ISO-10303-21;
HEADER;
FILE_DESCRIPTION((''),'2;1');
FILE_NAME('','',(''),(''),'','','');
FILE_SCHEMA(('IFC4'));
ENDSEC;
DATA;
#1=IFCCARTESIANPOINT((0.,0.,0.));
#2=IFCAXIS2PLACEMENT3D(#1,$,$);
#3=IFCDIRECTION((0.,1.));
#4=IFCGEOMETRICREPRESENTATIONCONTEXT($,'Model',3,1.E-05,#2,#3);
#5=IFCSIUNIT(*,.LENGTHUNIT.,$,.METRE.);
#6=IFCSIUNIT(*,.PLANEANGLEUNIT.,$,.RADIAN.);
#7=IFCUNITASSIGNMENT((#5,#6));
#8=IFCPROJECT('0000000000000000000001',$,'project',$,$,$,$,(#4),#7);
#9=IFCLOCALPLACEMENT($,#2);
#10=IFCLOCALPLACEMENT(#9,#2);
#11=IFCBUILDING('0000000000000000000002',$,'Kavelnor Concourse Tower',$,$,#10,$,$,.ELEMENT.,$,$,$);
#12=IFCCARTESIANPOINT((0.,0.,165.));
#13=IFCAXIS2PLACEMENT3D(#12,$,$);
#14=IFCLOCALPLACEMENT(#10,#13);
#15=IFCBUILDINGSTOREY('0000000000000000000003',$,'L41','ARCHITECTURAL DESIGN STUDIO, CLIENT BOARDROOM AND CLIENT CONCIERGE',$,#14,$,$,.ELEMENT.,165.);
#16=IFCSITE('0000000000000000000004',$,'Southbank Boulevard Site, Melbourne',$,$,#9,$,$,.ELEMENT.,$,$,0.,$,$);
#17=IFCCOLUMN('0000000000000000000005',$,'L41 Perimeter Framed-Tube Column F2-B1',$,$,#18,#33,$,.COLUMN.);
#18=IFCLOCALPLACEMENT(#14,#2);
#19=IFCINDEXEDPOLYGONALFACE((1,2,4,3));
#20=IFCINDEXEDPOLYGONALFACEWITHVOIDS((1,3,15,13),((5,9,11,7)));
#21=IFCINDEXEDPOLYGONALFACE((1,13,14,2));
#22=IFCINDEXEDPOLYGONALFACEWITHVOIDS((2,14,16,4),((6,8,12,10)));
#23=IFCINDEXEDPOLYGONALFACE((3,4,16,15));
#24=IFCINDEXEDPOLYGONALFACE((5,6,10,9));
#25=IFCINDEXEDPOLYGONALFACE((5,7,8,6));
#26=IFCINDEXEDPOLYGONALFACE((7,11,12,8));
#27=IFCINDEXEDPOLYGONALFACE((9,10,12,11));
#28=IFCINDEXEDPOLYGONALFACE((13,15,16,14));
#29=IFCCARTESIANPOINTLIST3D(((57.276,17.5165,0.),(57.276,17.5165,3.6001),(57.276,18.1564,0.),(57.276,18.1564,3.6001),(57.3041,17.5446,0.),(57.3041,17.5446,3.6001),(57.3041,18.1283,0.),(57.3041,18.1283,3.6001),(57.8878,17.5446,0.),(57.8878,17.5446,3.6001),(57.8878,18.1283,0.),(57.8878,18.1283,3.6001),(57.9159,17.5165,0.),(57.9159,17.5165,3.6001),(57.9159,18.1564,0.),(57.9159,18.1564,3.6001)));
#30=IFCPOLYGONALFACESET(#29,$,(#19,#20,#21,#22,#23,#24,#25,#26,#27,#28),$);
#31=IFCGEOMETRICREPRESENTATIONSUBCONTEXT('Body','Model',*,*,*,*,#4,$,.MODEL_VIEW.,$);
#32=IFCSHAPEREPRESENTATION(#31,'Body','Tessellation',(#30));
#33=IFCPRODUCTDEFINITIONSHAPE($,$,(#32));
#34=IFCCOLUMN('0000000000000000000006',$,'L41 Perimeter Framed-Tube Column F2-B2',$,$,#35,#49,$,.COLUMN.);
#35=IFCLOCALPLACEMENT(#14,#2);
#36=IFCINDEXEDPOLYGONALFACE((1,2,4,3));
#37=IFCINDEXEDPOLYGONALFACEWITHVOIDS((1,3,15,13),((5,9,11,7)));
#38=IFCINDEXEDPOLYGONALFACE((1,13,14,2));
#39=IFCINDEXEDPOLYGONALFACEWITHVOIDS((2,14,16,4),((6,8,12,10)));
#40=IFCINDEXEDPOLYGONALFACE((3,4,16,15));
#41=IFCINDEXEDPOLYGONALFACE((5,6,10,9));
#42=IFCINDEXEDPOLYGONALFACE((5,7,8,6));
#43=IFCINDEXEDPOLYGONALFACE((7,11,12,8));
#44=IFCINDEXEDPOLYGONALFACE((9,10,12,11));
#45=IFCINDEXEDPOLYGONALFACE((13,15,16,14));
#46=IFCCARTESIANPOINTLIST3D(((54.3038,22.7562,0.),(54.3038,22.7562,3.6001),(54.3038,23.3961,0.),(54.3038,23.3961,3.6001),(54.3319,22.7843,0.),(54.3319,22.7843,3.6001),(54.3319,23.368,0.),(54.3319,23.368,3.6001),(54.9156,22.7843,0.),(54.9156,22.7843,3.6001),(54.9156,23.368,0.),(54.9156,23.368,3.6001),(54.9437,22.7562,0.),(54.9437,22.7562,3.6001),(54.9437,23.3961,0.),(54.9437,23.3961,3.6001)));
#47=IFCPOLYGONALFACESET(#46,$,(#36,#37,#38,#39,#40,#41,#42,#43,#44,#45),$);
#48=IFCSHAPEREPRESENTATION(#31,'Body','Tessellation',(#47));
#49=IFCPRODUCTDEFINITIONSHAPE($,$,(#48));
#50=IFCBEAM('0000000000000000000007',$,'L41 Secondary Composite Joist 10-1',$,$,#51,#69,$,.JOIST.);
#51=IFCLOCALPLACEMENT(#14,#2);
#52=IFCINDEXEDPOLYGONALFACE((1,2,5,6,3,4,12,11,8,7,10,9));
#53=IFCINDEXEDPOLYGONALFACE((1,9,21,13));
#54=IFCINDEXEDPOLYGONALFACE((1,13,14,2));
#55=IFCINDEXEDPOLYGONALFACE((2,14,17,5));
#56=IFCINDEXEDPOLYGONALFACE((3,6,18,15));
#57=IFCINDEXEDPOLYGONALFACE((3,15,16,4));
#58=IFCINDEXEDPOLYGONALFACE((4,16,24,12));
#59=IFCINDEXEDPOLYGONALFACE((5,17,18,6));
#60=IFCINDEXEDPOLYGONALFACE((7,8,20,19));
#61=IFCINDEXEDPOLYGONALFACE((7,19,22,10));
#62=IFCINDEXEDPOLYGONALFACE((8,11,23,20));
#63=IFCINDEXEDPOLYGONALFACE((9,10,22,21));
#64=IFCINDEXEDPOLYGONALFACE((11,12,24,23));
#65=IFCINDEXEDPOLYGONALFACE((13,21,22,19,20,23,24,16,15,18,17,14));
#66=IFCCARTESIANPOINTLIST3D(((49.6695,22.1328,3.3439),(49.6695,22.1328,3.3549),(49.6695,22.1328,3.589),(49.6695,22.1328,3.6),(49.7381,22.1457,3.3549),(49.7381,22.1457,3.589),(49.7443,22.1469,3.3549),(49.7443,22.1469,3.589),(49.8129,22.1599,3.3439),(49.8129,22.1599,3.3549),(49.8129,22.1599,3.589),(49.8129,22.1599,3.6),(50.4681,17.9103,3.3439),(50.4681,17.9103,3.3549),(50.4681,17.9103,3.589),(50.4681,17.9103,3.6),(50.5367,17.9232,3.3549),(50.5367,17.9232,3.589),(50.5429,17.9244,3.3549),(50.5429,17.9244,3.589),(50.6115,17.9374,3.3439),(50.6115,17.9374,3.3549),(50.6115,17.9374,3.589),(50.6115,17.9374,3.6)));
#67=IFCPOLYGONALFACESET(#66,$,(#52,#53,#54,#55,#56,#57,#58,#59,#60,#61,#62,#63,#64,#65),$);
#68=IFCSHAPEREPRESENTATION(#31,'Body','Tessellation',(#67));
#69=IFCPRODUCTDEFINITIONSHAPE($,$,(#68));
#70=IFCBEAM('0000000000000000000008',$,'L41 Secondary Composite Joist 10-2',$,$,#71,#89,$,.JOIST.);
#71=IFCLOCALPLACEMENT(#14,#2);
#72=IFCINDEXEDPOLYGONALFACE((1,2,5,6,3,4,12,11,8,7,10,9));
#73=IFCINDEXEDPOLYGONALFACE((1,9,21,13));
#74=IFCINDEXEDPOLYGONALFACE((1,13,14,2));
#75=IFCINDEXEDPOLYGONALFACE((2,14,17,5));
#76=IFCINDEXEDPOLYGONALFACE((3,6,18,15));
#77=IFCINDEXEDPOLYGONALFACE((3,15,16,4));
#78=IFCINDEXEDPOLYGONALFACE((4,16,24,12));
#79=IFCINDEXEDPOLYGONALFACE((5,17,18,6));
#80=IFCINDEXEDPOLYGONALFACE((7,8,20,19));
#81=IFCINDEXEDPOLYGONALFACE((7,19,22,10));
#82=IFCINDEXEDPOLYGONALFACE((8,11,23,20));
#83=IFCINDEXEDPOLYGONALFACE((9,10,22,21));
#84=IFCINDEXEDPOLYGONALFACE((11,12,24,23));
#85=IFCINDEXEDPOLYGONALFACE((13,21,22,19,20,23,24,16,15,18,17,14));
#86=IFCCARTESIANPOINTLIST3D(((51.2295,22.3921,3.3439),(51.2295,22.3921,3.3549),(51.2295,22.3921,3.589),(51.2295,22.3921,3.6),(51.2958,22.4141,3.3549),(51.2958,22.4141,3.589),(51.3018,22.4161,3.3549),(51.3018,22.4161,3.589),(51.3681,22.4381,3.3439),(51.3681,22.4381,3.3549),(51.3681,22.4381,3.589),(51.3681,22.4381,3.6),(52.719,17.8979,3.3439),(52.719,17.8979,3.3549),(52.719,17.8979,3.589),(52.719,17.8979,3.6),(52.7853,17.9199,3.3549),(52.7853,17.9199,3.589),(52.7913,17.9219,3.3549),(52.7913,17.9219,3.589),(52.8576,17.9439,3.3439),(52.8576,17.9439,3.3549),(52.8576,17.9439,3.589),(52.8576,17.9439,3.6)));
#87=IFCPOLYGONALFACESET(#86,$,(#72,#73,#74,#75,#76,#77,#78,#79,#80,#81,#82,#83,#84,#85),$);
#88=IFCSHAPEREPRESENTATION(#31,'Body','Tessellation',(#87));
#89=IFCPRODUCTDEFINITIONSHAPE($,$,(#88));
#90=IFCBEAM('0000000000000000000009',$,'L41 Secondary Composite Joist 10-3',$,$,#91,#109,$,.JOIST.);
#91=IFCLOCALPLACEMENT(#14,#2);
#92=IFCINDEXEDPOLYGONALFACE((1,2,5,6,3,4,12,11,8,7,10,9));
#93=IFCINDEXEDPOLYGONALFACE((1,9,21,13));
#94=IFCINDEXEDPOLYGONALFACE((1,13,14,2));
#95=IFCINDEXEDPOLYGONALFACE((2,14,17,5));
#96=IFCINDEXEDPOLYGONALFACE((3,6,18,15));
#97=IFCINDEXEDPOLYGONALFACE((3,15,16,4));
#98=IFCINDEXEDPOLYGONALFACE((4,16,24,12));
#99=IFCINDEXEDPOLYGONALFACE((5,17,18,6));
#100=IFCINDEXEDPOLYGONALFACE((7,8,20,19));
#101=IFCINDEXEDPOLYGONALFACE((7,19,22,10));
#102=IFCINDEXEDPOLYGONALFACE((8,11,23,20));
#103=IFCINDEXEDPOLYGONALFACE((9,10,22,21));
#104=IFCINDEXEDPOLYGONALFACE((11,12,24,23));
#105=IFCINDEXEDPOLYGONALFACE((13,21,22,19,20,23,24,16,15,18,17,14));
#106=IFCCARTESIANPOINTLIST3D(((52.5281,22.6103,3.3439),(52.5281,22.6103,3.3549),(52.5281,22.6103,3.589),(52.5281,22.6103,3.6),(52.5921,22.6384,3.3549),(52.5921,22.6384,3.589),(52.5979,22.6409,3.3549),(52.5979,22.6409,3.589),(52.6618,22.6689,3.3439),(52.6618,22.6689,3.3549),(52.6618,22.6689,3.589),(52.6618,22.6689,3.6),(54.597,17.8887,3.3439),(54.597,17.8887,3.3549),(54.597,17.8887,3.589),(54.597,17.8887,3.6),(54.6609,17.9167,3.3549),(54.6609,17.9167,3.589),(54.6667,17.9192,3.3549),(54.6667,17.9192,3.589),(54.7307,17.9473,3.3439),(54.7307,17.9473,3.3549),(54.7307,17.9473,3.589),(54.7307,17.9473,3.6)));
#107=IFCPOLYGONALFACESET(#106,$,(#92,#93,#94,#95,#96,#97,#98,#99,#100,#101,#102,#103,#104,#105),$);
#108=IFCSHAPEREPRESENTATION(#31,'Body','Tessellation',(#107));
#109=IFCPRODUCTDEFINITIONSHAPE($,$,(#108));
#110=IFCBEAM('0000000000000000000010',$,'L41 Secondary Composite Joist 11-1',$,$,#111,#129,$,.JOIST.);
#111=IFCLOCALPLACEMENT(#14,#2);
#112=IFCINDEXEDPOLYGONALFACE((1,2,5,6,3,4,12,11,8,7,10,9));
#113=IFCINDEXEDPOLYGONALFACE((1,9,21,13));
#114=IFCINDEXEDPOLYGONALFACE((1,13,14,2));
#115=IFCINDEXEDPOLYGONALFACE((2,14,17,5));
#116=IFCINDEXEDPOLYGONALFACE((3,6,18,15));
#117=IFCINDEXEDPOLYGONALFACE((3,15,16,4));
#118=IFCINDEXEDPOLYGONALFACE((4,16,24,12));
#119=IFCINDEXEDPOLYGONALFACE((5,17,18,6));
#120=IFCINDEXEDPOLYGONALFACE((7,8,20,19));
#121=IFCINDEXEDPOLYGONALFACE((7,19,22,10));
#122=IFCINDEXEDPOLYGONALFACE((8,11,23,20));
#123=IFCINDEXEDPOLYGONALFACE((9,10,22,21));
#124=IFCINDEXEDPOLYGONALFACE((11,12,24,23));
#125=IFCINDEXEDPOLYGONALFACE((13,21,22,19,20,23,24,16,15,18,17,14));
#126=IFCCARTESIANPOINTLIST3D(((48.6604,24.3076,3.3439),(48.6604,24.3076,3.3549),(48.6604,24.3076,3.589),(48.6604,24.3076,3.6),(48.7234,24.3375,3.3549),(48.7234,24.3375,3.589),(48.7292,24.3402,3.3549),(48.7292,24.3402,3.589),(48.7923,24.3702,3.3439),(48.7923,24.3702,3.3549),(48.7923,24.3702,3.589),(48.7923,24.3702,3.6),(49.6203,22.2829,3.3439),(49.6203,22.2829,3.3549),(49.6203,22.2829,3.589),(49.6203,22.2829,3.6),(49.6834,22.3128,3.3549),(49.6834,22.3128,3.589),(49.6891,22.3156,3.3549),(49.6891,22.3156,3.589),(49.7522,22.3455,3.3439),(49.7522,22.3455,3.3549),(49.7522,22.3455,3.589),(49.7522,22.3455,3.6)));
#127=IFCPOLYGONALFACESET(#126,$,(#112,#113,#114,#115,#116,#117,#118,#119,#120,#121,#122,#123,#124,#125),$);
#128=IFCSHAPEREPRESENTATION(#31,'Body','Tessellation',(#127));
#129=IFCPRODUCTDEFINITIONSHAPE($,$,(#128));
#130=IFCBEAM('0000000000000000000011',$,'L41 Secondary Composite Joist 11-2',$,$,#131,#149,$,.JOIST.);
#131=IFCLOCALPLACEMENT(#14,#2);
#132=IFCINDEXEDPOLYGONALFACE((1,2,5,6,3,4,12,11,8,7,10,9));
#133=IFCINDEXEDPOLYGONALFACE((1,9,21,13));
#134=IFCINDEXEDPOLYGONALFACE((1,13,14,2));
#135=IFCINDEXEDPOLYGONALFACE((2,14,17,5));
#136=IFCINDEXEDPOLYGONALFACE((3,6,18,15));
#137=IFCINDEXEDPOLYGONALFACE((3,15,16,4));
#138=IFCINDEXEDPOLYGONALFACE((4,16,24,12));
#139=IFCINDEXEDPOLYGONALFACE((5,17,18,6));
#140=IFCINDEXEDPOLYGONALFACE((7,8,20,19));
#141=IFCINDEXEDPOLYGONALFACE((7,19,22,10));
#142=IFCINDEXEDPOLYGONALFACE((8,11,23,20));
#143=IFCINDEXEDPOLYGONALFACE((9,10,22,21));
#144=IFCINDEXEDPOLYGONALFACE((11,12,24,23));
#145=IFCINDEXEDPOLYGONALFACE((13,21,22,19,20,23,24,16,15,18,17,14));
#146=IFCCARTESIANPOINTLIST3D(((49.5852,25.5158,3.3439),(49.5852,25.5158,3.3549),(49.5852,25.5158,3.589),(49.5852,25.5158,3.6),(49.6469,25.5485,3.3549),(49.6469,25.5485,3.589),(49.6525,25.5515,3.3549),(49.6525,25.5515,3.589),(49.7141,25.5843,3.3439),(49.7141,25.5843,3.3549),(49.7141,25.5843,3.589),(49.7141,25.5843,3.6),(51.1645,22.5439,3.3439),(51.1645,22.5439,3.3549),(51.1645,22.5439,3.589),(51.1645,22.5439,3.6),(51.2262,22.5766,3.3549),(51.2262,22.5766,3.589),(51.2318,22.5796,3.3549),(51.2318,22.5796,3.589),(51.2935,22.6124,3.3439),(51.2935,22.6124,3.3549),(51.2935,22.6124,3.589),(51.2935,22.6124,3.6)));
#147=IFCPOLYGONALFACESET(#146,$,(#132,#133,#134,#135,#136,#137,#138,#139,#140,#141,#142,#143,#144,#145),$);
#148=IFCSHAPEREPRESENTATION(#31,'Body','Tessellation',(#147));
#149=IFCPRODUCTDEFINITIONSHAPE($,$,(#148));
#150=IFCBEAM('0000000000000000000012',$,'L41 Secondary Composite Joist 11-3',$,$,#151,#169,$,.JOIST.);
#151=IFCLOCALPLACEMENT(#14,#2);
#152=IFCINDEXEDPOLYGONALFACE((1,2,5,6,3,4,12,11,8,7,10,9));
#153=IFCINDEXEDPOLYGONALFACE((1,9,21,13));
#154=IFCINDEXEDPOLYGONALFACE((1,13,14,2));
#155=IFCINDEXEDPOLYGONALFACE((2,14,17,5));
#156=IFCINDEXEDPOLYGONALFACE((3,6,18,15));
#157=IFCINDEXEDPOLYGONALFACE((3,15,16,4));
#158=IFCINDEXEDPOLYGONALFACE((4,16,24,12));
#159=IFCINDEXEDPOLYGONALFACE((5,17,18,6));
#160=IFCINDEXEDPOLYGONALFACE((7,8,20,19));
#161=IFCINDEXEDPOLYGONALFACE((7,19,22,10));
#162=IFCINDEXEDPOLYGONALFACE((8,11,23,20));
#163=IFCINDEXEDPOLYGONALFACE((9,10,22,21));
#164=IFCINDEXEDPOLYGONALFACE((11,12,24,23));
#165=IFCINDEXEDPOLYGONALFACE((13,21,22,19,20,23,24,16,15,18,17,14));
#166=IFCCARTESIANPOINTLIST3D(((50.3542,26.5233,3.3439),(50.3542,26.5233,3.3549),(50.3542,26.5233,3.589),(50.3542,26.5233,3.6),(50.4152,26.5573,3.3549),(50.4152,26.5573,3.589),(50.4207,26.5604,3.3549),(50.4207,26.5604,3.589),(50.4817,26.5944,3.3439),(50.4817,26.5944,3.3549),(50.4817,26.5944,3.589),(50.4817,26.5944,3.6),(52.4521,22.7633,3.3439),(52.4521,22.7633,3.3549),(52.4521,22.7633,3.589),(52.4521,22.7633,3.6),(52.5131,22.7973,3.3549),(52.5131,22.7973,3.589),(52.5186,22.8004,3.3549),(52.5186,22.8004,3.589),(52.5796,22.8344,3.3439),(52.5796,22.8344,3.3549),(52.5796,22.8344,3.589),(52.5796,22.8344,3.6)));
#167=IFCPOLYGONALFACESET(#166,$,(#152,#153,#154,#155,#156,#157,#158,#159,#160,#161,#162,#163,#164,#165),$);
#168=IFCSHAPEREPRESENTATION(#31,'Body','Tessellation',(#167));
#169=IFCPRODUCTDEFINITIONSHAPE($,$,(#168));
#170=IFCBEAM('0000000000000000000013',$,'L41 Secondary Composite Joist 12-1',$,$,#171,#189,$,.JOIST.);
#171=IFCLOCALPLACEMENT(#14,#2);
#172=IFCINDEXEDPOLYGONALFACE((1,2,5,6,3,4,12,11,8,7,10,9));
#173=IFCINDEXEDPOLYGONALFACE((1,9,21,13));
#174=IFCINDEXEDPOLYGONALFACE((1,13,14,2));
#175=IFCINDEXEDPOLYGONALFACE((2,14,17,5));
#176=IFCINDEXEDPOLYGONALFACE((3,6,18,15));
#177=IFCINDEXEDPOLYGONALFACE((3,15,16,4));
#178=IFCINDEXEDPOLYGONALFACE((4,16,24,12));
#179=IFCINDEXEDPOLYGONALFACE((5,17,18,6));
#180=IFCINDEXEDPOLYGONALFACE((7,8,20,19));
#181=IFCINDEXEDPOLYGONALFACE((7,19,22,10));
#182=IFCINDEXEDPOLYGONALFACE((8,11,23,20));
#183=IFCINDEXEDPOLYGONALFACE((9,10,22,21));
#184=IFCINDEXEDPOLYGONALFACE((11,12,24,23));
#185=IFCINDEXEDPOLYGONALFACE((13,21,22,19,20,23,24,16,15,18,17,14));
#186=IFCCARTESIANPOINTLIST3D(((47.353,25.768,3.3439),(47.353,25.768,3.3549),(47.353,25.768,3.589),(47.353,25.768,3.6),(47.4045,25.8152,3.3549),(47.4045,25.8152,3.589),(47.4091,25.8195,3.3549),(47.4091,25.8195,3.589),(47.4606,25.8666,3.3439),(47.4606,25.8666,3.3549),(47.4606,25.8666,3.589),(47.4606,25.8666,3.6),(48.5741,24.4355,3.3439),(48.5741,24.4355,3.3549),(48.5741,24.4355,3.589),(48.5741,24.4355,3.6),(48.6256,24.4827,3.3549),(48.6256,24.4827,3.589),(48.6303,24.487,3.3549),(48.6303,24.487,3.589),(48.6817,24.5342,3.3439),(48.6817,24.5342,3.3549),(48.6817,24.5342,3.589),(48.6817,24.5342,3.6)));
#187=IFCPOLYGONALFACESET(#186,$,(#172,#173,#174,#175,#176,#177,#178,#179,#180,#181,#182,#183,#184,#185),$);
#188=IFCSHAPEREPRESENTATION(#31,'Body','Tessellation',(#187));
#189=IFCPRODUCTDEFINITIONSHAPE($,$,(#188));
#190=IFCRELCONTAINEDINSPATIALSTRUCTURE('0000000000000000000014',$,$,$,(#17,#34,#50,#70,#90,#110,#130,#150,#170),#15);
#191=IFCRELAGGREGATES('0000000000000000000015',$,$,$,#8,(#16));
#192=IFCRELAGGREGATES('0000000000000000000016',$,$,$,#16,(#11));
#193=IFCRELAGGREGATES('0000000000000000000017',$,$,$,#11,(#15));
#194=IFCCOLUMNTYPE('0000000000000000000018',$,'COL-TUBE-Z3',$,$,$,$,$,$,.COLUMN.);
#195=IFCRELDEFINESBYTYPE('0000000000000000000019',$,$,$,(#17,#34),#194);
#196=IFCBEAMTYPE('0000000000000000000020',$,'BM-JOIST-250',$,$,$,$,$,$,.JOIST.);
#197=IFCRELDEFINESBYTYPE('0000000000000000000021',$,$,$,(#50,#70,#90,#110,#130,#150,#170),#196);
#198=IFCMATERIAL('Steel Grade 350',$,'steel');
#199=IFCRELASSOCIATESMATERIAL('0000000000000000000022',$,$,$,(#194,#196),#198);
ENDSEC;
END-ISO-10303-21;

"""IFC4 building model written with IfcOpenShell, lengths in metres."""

from ifc_helpers import new_model, si_unit, direction, frame, origin, origin_2d, place, context, subcontext, project, spatial, hollow_rectangle, i_section, extrude, material, material_profile, profile_set, type_object, element, save


model = new_model("IFC4")

# Units and contexts
model_context = context("Model", 3, precision=1e-05, world=origin(), true_north=direction((0.0, 1.0)))
body_context = subcontext(model_context, "Body", "Model", "MODEL_VIEW")
ifc_project = project(units=[si_unit("LENGTHUNIT", "METRE"), si_unit("PLANEANGLEUNIT", "RADIAN")], contexts=[model_context])

# Site, building, storey
site_placement = place(None, origin())
site = spatial("IfcSite", under=ifc_project, at=site_placement, Name="Southbank Boulevard Site, Melbourne", CompositionType="ELEMENT", RefElevation=0.0)
building_placement = place(site_placement, origin())
building = spatial("IfcBuilding", under=site, at=building_placement, Name="Kavelnor Concourse Tower", CompositionType="ELEMENT")
storey_placement = place(building_placement, frame((0.0, 0.0, 165.0)))
storey = spatial("IfcBuildingStorey", under=building, at=storey_placement, Name="L41", Description="ARCHITECTURAL DESIGN STUDIO, CLIENT BOARDROOM AND CLIENT CONCIERGE", CompositionType="ELEMENT", Elevation=165.0)

# Columns
ifc_material_1 = material(Name="Steel Grade 350", Category="steel")
ifc_material_profile_1 = material_profile(ifc_material_1, hollow_rectangle(XDim=0.6399, YDim=0.6399, WallThickness=0.0281, at=origin_2d()), Name="SHS 640x640x28")
ifc_profile_set_1 = profile_set([ifc_material_profile_1], Name="Steel Grade 350")
column_type = type_object("IfcColumnType", Name="COL-TUBE-Z3", PredefinedType="COLUMN", material=ifc_profile_set_1)
for number, where, z_axis, x_axis, name in (
    (1, (57.5959, 17.8364, 0.0), (0.0, 0.0, 1.0), (1.0, 0.0, 0.0), "L41 Perimeter Framed-Tube Column F2-B1"),
    (2, (54.6238, 23.0762, 0.0), (0.0, 0.0, 1.0), (1.0, 0.0, 0.0), "L41 Perimeter Framed-Tube Column F2-B2"),
):
    element("IfcColumn", number, at=place(storey_placement, frame(where, z_axis=z_axis, x_axis=x_axis)), inside=storey, type_object=column_type, Name=name, PredefinedType="COLUMN", context=body_context, shape_type="SweptSolid", body=[
        extrude(hollow_rectangle(XDim=0.6399, YDim=0.6399, WallThickness=0.0281, at=origin_2d()), origin(), (0.0, 0.0, 1.0), 3.6001),
    ])

# Beams
ifc_material_profile_2 = material_profile(ifc_material_1, i_section(OverallWidth=0.146, OverallDepth=0.2561, WebThickness=0.0063, FlangeThickness=0.011, at=origin_2d()), Name="250UB37")
ifc_profile_set_2 = profile_set([ifc_material_profile_2], Name="Steel Grade 350")
beam_type_1 = type_object("IfcBeamType", Name="BM-JOIST-250", PredefinedType="JOIST", material=ifc_profile_set_2)
beam_1_placement = place(storey_placement, frame((50.5398, 17.9238, 3.4719), z_axis=(-0.185835, 0.982581, 0.0), x_axis=(-0.982581, -0.185835, 0.0)))
element("IfcBeam", 3, at=beam_1_placement, inside=storey, type_object=beam_type_1, Name="L41 Secondary Composite Joist 10-1", PredefinedType="JOIST", context=body_context, shape_type="SweptSolid", body=[
    extrude(i_section(OverallWidth=0.146, OverallDepth=0.2561, WebThickness=0.0063, FlangeThickness=0.011, at=origin_2d()), origin(), (0.0, 0.0, 1.0), 4.2974),
])
beam_2_placement = place(storey_placement, frame((52.7883, 17.9209, 3.4719), z_axis=(-0.314603, 0.949223, 0.0), x_axis=(-0.949223, -0.314603, 0.0)))
element("IfcBeam", 4, at=beam_2_placement, inside=storey, type_object=beam_type_1, Name="L41 Secondary Composite Joist 10-2", PredefinedType="JOIST", context=body_context, shape_type="SweptSolid", body=[
    extrude(i_section(OverallWidth=0.146, OverallDepth=0.2561, WebThickness=0.0063, FlangeThickness=0.011, at=origin_2d()), origin(), (0.0, 0.0, 1.0), 4.7346),
])
beam_3_placement = place(storey_placement, frame((54.6638, 17.918, 3.4719), z_axis=(-0.401326, 0.915935, 0.0), x_axis=(-0.915935, -0.401326, 0.0)))
element("IfcBeam", 5, at=beam_3_placement, inside=storey, type_object=beam_type_1, Name="L41 Secondary Composite Joist 10-3", PredefinedType="JOIST", context=body_context, shape_type="SweptSolid", body=[
    extrude(i_section(OverallWidth=0.146, OverallDepth=0.2561, WebThickness=0.0063, FlangeThickness=0.011, at=origin_2d()), origin(), (0.0, 0.0, 1.0), 5.155),
])
beam_4_placement = place(storey_placement, frame((49.6863, 22.3142, 3.4719), z_axis=(-0.428419, 0.90358, 0.0), x_axis=(-0.90358, -0.428419, 0.0)))
element("IfcBeam", 6, at=beam_4_placement, inside=storey, type_object=beam_type_1, Name="L41 Secondary Composite Joist 11-1", PredefinedType="JOIST", context=body_context, shape_type="SweptSolid", body=[
    extrude(i_section(OverallWidth=0.146, OverallDepth=0.2561, WebThickness=0.0063, FlangeThickness=0.011, at=origin_2d()), origin(), (0.0, 0.0, 1.0), 2.2407),
])
beam_5_placement = place(storey_placement, frame((51.229, 22.5781, 3.4719), z_axis=(-0.469274, 0.883053, 0.0), x_axis=(-0.883053, -0.469274, 0.0)))
element("IfcBeam", 7, at=beam_5_placement, inside=storey, type_object=beam_type_1, Name="L41 Secondary Composite Joist 11-2", PredefinedType="JOIST", context=body_context, shape_type="SweptSolid", body=[
    extrude(i_section(OverallWidth=0.146, OverallDepth=0.2561, WebThickness=0.0063, FlangeThickness=0.011, at=origin_2d()), origin(), (0.0, 0.0, 1.0), 3.3655),
])
beam_6_placement = place(storey_placement, frame((52.5159, 22.7988, 3.4719), z_axis=(-0.48724, 0.873268, 0.0), x_axis=(-0.873268, -0.48724, 0.0)))
element("IfcBeam", 8, at=beam_6_placement, inside=storey, type_object=beam_type_1, Name="L41 Secondary Composite Joist 11-3", PredefinedType="JOIST", context=body_context, shape_type="SweptSolid", body=[
    extrude(i_section(OverallWidth=0.146, OverallDepth=0.2561, WebThickness=0.0063, FlangeThickness=0.011, at=origin_2d()), origin(), (0.0, 0.0, 1.0), 4.3057),
])
beam_7_placement = place(storey_placement, frame((48.6279, 24.4849, 3.4719), z_axis=(-0.675639, 0.737233, 0.0), x_axis=(-0.737233, -0.675639, 0.0)))
element("IfcBeam", 9, at=beam_7_placement, inside=storey, type_object=beam_type_1, Name="L41 Secondary Composite Joist 12-1", PredefinedType="JOIST", context=body_context, shape_type="SweptSolid", body=[
    extrude(i_section(OverallWidth=0.146, OverallDepth=0.2561, WebThickness=0.0063, FlangeThickness=0.011, at=origin_2d()), origin(), (0.0, 0.0, 1.0), 1.8074),
])

save(model, "model.ifc")
